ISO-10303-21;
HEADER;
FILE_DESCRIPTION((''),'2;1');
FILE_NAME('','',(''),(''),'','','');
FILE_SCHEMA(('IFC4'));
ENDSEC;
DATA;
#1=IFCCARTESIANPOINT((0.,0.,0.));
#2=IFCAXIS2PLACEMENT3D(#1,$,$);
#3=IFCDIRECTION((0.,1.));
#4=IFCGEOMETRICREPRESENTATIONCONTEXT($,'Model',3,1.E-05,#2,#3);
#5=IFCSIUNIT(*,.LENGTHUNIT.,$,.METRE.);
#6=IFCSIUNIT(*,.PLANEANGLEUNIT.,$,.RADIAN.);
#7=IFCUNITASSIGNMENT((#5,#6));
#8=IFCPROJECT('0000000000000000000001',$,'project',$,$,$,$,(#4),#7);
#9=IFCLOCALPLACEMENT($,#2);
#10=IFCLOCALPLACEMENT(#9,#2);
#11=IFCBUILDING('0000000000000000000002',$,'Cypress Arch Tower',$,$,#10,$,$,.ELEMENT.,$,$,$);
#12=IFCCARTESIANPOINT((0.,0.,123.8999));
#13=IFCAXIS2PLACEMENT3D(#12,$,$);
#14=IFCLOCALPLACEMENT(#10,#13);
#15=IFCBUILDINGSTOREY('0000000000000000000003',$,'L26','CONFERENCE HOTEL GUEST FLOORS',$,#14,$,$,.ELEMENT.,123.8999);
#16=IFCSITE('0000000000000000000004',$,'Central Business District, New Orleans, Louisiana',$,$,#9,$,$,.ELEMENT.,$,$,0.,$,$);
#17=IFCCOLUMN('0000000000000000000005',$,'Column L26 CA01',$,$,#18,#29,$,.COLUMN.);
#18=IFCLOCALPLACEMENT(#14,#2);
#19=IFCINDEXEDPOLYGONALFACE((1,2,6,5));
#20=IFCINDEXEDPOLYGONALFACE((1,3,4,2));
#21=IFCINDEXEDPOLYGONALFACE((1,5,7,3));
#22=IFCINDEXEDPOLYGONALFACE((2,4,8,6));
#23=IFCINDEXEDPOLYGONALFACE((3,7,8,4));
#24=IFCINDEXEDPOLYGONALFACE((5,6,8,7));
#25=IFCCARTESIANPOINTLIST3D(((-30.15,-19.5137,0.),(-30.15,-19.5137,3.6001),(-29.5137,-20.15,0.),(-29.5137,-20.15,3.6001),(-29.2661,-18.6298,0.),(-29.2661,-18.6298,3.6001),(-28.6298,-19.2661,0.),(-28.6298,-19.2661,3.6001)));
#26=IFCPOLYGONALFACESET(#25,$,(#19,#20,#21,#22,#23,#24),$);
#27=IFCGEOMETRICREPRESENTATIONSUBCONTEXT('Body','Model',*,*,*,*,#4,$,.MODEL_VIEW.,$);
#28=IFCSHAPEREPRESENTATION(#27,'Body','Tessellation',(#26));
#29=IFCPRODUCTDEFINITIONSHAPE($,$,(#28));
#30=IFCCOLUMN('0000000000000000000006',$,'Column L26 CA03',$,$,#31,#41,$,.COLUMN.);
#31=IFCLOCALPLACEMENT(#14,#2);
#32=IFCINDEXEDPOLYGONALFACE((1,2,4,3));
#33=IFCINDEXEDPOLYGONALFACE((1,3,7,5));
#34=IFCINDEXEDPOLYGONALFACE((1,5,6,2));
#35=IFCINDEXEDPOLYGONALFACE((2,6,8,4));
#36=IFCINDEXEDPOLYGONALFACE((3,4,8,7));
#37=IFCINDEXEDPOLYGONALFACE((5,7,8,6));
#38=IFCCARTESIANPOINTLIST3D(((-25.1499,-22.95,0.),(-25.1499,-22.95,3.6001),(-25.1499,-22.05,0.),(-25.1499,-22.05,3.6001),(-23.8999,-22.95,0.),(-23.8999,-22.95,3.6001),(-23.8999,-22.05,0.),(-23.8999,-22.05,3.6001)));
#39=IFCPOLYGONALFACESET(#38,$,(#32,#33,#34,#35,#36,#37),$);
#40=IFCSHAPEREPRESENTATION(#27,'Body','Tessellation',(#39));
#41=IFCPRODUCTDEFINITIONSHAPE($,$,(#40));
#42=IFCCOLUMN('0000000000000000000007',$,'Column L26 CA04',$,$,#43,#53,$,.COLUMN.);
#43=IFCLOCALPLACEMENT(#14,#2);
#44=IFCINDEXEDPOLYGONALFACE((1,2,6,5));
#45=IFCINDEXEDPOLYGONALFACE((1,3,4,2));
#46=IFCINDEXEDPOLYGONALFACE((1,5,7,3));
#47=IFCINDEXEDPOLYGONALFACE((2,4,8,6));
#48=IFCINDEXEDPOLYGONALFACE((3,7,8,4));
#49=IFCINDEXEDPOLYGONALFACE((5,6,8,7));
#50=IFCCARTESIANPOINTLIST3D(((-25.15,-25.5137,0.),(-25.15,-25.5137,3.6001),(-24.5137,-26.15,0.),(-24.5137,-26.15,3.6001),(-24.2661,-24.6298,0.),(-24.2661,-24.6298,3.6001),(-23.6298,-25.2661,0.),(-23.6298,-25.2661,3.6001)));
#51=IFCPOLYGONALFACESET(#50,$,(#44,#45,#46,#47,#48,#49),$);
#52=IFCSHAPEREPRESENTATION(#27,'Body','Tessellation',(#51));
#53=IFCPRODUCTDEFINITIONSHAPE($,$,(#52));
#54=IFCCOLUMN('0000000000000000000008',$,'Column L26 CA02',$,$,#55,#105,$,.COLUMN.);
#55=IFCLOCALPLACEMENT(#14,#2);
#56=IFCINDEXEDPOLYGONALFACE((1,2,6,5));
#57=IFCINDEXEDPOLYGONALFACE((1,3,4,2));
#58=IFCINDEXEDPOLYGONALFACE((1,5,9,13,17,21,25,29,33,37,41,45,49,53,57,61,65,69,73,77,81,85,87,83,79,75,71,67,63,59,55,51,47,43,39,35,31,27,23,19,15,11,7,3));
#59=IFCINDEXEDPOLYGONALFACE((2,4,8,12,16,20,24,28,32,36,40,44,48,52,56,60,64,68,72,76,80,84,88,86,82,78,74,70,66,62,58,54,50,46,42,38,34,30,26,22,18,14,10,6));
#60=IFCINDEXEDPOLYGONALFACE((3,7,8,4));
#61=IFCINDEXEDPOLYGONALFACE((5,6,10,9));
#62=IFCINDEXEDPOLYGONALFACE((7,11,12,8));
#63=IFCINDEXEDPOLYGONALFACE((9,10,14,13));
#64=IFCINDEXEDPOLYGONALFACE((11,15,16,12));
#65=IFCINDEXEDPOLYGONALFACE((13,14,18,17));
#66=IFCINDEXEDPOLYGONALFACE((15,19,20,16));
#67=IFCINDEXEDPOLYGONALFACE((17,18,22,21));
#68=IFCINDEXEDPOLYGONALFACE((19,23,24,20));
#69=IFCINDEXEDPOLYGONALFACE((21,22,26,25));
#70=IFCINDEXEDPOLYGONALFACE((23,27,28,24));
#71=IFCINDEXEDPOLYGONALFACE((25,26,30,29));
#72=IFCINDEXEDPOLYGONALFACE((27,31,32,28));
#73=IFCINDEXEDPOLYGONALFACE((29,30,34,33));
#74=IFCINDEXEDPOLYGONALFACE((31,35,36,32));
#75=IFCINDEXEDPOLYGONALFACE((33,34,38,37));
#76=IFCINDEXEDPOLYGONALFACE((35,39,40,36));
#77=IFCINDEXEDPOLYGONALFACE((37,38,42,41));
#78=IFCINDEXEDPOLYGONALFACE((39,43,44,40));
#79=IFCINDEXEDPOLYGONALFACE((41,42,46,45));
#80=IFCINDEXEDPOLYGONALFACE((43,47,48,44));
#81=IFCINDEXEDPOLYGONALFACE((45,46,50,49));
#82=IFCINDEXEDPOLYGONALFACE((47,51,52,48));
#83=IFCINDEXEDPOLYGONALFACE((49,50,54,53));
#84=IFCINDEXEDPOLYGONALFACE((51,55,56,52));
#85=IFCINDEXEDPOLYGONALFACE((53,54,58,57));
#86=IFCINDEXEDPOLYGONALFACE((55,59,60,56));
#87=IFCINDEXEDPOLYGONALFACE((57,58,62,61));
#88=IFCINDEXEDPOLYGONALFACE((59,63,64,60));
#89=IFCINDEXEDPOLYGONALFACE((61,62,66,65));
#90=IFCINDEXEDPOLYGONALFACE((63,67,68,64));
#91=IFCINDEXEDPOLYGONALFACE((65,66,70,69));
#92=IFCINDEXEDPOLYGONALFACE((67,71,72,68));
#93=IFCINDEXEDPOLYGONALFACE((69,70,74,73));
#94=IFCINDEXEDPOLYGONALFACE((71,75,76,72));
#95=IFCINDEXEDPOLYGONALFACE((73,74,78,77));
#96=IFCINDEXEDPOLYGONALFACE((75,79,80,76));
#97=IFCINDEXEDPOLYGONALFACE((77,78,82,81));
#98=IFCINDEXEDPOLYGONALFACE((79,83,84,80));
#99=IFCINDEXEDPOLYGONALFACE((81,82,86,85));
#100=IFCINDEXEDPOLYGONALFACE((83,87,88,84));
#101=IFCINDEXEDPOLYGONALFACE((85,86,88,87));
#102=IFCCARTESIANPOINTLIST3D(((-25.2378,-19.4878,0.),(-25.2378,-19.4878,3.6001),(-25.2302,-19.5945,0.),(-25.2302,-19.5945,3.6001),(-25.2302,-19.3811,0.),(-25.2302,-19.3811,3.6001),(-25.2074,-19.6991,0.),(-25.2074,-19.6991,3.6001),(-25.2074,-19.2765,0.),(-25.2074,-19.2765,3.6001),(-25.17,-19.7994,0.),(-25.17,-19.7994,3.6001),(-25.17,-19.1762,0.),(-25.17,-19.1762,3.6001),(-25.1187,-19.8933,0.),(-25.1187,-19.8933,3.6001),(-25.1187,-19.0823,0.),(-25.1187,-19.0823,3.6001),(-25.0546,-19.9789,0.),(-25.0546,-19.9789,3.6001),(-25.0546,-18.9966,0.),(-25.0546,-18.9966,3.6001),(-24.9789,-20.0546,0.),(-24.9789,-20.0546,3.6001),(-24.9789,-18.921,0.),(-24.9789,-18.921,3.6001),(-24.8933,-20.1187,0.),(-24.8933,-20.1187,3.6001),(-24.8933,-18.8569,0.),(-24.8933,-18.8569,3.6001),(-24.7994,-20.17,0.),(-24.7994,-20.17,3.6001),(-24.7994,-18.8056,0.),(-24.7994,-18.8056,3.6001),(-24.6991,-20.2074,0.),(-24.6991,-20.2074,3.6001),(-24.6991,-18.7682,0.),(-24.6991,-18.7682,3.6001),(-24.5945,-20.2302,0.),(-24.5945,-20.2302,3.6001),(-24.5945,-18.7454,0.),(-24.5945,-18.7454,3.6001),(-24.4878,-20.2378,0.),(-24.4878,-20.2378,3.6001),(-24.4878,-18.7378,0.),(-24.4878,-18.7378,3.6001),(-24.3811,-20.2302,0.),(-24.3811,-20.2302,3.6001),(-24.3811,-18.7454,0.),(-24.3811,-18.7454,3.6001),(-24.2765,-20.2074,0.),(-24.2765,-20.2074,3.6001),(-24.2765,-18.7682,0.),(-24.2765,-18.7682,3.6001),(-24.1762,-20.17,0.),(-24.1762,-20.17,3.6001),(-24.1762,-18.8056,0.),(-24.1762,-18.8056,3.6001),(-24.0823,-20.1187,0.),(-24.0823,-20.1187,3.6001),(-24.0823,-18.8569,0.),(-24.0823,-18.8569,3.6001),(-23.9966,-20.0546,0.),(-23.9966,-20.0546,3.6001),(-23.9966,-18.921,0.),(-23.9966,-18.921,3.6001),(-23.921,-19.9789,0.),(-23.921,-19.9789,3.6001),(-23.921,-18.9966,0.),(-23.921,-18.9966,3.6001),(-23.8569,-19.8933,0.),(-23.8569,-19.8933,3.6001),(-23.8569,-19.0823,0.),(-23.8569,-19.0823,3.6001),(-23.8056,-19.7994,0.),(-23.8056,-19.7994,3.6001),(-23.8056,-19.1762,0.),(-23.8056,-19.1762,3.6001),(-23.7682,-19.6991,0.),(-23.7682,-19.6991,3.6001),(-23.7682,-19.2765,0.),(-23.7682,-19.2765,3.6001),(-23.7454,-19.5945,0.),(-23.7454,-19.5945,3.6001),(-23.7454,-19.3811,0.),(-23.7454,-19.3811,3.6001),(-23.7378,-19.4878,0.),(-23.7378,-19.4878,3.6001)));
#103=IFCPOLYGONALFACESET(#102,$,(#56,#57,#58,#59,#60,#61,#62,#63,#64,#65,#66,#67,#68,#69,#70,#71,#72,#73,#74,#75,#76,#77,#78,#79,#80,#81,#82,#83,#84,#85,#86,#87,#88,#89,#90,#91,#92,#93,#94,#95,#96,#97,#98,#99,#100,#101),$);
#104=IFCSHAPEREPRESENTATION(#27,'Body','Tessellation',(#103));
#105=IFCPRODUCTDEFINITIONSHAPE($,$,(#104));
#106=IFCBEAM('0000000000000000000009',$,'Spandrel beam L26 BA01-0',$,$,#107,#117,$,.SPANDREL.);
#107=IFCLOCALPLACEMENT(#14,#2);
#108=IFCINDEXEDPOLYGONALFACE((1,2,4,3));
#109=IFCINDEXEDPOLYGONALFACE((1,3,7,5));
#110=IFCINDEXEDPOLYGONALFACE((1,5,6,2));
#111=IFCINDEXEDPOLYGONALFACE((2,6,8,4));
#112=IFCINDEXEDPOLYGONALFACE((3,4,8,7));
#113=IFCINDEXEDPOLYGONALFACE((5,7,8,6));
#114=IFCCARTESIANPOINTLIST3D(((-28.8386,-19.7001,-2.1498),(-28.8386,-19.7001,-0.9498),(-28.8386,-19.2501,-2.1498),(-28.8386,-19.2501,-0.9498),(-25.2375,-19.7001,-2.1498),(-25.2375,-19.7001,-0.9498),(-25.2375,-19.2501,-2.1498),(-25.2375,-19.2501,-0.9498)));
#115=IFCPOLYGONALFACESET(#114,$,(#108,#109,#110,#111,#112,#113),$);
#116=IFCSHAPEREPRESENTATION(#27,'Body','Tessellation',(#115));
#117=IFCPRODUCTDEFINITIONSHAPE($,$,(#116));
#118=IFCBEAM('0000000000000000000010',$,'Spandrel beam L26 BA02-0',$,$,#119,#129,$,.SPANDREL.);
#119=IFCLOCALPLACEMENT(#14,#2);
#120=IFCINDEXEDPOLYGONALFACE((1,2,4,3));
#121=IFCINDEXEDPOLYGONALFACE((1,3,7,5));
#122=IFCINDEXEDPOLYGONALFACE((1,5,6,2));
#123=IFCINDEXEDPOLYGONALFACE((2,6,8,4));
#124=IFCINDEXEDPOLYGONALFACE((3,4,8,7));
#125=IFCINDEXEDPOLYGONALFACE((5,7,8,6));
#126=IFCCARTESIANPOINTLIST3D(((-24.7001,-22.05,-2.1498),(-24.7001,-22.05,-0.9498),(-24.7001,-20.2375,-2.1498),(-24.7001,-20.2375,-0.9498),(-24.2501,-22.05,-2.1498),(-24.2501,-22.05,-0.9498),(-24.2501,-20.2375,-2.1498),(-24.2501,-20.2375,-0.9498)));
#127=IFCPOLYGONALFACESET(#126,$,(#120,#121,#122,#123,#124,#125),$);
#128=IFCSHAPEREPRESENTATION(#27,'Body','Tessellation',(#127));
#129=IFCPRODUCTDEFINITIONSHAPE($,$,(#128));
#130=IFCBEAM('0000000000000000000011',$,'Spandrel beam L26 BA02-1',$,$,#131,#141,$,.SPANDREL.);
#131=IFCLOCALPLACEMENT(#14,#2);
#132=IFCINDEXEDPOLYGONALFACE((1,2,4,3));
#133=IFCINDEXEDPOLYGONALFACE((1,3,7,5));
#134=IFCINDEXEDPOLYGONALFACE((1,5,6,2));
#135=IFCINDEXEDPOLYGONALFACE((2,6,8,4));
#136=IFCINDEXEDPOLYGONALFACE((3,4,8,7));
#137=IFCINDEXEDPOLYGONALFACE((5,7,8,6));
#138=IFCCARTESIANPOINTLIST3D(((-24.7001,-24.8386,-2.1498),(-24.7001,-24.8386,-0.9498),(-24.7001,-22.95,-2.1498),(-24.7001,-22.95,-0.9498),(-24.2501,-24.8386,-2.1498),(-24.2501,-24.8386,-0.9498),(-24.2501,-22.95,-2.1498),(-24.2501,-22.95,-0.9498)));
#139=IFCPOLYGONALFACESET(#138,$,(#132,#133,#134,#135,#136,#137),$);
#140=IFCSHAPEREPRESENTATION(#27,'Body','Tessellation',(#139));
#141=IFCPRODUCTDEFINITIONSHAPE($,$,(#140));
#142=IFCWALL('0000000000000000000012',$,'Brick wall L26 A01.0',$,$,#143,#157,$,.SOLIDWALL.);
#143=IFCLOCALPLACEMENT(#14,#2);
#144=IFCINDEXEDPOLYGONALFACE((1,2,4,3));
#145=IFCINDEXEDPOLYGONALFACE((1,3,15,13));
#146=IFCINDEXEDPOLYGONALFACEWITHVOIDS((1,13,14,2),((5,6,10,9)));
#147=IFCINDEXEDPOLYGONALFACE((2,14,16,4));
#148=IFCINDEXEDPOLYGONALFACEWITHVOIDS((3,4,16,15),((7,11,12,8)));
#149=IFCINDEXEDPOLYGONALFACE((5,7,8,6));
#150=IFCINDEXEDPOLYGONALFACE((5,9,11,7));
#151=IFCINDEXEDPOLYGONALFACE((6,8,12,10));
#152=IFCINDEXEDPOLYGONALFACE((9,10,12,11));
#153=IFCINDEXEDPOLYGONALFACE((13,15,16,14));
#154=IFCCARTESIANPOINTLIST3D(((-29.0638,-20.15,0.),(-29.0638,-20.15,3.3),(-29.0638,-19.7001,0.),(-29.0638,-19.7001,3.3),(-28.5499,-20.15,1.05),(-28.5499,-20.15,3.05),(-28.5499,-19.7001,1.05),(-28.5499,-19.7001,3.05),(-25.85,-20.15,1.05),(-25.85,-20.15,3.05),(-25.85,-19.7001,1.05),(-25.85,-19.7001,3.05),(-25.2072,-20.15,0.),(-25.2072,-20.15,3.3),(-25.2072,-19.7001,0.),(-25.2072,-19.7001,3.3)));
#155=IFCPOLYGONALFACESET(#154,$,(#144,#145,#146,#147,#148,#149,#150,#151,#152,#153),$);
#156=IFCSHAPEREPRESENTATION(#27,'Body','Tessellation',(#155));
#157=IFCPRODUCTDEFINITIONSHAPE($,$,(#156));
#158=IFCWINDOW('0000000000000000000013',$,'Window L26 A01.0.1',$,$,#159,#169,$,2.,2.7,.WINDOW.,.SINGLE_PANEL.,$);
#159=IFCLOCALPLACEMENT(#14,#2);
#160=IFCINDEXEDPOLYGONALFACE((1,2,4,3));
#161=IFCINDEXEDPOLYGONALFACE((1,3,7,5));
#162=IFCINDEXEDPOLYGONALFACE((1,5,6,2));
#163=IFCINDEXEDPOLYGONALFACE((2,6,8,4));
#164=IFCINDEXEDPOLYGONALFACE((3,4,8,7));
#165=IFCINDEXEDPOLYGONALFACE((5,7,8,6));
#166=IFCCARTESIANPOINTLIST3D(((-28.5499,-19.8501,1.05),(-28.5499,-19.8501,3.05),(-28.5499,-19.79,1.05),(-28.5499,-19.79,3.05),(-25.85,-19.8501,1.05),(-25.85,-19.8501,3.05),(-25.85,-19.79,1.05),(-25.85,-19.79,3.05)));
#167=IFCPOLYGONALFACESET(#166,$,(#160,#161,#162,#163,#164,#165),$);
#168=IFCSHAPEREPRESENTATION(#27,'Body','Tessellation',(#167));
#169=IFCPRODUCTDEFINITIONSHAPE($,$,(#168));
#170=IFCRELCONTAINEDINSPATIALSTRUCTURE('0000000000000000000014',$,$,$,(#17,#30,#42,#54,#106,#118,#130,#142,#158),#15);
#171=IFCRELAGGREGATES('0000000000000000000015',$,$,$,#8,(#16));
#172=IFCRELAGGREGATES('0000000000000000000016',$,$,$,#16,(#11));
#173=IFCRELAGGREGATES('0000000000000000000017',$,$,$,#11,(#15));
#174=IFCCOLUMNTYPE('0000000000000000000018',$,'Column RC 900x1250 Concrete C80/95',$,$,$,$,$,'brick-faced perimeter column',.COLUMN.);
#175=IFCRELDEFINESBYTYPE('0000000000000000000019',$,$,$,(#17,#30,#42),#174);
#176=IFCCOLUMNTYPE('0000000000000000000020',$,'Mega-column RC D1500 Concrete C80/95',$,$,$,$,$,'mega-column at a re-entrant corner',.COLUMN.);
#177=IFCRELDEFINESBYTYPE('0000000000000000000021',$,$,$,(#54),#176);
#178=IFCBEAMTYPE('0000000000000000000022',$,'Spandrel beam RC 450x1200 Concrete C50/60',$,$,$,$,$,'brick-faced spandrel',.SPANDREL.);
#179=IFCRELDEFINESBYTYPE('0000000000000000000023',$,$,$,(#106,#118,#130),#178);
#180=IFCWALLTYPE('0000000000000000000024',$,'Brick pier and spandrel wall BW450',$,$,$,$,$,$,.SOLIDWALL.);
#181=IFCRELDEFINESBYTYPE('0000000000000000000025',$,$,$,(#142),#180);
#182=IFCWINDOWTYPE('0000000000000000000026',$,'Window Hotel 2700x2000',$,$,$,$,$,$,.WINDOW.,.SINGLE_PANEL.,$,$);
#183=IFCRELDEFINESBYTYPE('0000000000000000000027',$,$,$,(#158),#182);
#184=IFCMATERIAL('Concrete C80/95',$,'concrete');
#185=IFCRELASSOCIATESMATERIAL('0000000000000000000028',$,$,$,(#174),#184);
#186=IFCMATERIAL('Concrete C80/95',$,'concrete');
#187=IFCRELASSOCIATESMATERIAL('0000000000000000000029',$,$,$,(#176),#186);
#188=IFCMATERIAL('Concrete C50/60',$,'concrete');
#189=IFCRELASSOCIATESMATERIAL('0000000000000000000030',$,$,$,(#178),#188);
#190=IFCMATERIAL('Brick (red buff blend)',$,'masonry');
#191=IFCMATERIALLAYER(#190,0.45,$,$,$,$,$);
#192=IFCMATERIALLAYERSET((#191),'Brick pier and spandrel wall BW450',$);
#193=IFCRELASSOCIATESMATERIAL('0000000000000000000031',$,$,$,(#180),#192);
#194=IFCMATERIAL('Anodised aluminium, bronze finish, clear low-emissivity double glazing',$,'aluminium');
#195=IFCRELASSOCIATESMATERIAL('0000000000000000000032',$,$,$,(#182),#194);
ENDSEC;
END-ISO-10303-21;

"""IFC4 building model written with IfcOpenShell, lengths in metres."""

from ifc_helpers import new_model, si_unit, direction, frame, frame_2d, origin, origin_2d, place, context, subcontext, project, spatial, rectangle, circle, extrude, material, layer, layer_set, material_profile, profile_set, type_object, element, fill, save


model = new_model("IFC4")

# Units and contexts
model_context = context("Model", 3, precision=1e-05, world=origin(), true_north=direction((0.0, 1.0)))
body_context = subcontext(model_context, "Body", "Model", "MODEL_VIEW")
ifc_project = project(units=[si_unit("LENGTHUNIT", "METRE"), si_unit("PLANEANGLEUNIT", "RADIAN")], contexts=[model_context])

# Site, building, storey
site_placement = place(None, origin())
site = spatial("IfcSite", under=ifc_project, at=site_placement, Name="Central Business District, New Orleans, Louisiana", CompositionType="ELEMENT", RefElevation=0.0)
building_placement = place(site_placement, origin())
building = spatial("IfcBuilding", under=site, at=building_placement, Name="Cypress Arch Tower", CompositionType="ELEMENT")
storey_placement = place(building_placement, frame((0.0, 0.0, 123.8999)))
storey = spatial("IfcBuildingStorey", under=building, at=storey_placement, Name="L26", Description="CONFERENCE HOTEL GUEST FLOORS", CompositionType="ELEMENT", Elevation=123.8999)

# Columns
ifc_material_1 = material(Name="Concrete C80/95", Category="concrete")
ifc_material_profile_1 = material_profile(ifc_material_1, rectangle(XDim=0.8999, YDim=1.25, at=origin_2d()), Name="RC 900x1250")
ifc_profile_set_1 = profile_set([ifc_material_profile_1], Name="Concrete C80/95")
column_type_1 = type_object("IfcColumnType", Name="Column RC 900x1250 Concrete C80/95", ElementType="brick-faced perimeter column", PredefinedType="COLUMN", material=ifc_profile_set_1)
for number, where, z_axis, x_axis, name in (
    (1, (-29.3899, -19.3899, 0.0), (0.0, 0.0, 1.0), (0.707107, -0.707107, 0.0), "Column L26 CA01"),
    (2, (-24.5249, -22.5, 0.0), (0.0, 0.0, 1.0), (0.0, -1.0, 0.0), "Column L26 CA03"),
    (3, (-24.3899, -25.3899, 0.0), (0.0, 0.0, 1.0), (0.707107, -0.707107, 0.0), "Column L26 CA04"),
):
    element("IfcColumn", number, at=place(storey_placement, frame(where, z_axis=z_axis, x_axis=x_axis)), inside=storey, type_object=column_type_1, Name=name, PredefinedType="COLUMN", context=body_context, shape_type="SweptSolid", body=[
        extrude(rectangle(XDim=0.8999, YDim=1.25, at=origin_2d()), origin(), (0.0, 0.0, 1.0), 3.6001),
    ])
ifc_material_2 = material(Name="Concrete C80/95", Category="concrete")
ifc_material_profile_2 = material_profile(ifc_material_2, circle(Radius=0.75, at=origin_2d()), Name="RC D1500")
ifc_profile_set_2 = profile_set([ifc_material_profile_2], Name="Concrete C80/95")
column_type_2 = type_object("IfcColumnType", Name="Mega-column RC D1500 Concrete C80/95", ElementType="mega-column at a re-entrant corner", PredefinedType="COLUMN", material=ifc_profile_set_2)
column_placement = place(storey_placement, frame((-24.4878, -19.4878, 0.0), z_axis=(0.0, 0.0, 1.0), x_axis=(1.0, 0.0, 0.0)))
element("IfcColumn", 4, at=column_placement, inside=storey, type_object=column_type_2, Name="Column L26 CA02", PredefinedType="COLUMN", context=body_context, shape_type="SweptSolid", body=[
    extrude(circle(Radius=0.75, at=origin_2d()), origin(), (0.0, 0.0, 1.0), 3.6001),
])

# Beams
ifc_material_3 = material(Name="Concrete C50/60", Category="concrete")
ifc_material_profile_3 = material_profile(ifc_material_3, rectangle(XDim=0.45, YDim=1.2, at=origin_2d()), Name="RC 450x1200")
ifc_profile_set_3 = profile_set([ifc_material_profile_3], Name="Concrete C50/60")
beam_type = type_object("IfcBeamType", Name="Spandrel beam RC 450x1200 Concrete C50/60", ElementType="brick-faced spandrel", PredefinedType="SPANDREL", material=ifc_profile_set_3)
beam_1_placement = place(storey_placement, frame((-28.8386, -19.4751, -1.5498), z_axis=(1.0, 0.0, 0.0), x_axis=(0.0, 1.0, 0.0)))
element("IfcBeam", 5, at=beam_1_placement, inside=storey, type_object=beam_type, Name="Spandrel beam L26 BA01-0", PredefinedType="SPANDREL", context=body_context, shape_type="SweptSolid", body=[
    extrude(rectangle(XDim=0.45, YDim=1.2, at=origin_2d()), origin(), (0.0, 0.0, 1.0), 3.6011),
])
beam_2_placement = place(storey_placement, frame((-24.4751, -20.2375, -1.5498), z_axis=(0.0, -1.0, 0.0), x_axis=(1.0, 0.0, 0.0)))
element("IfcBeam", 6, at=beam_2_placement, inside=storey, type_object=beam_type, Name="Spandrel beam L26 BA02-0", PredefinedType="SPANDREL", context=body_context, shape_type="SweptSolid", body=[
    extrude(rectangle(XDim=0.45, YDim=1.2, at=origin_2d()), origin(), (0.0, 0.0, 1.0), 1.8125),
])
beam_3_placement = place(storey_placement, frame((-24.4751, -22.95, -1.5498), z_axis=(0.0, -1.0, 0.0), x_axis=(1.0, 0.0, 0.0)))
element("IfcBeam", 7, at=beam_3_placement, inside=storey, type_object=beam_type, Name="Spandrel beam L26 BA02-1", PredefinedType="SPANDREL", context=body_context, shape_type="SweptSolid", body=[
    extrude(rectangle(XDim=0.45, YDim=1.2, at=origin_2d()), origin(), (0.0, 0.0, 1.0), 1.8887),
])

# Wall, opening, window
ifc_material_4 = material(Name="Brick (red buff blend)", Category="masonry")
ifc_layer_1 = layer(ifc_material_4, 0.45)
ifc_layer_set_1 = layer_set([ifc_layer_1], Name="Brick pier and spandrel wall BW450")
wall_type_1 = type_object("IfcWallType", Name="Brick pier and spandrel wall BW450", PredefinedType="SOLIDWALL", material=ifc_layer_set_1)
wall_1_placement = place(storey_placement, frame((-29.0637, -19.925, 0.0), z_axis=(0.0, 0.0, 1.0), x_axis=(1.0, 0.0, 0.0)))
wall_1 = element("IfcWall", 8, at=wall_1_placement, inside=storey, type_object=wall_type_1, Name="Brick wall L26 A01.0", PredefinedType="SOLIDWALL", context=body_context, shape_type="SweptSolid", body=[
    extrude(rectangle(XDim=3.8567, YDim=0.45, at=frame_2d((1.9282, 0.0))), origin(), (0.0, 0.0, 1.0), 3.3),
])
opening_1_placement = place(wall_1_placement, frame((0.5137, 0.0, 1.05)))
opening_1 = element("IfcOpeningElement", 9, at=opening_1_placement, cuts=wall_1, PredefinedType="OPENING", context=body_context, shape_type="SweptSolid", body=[
    extrude(rectangle(XDim=2.7, YDim=2.0, at=frame_2d((1.3501, 1.0))), frame((0.0, 0.2349, 0.0), z_axis=(0.0, -1.0, 0.0), x_axis=(1.0, 0.0, 0.0)), (0.0, 0.0, 1.0), 0.47),
])
ifc_material_5 = material(Name="Anodised aluminium, bronze finish, clear low-emissivity double glazing", Category="aluminium")
window_type_1 = type_object("IfcWindowType", Name="Window Hotel 2700x2000", PartitioningType="SINGLE_PANEL", PredefinedType="WINDOW", material=ifc_material_5)
window_1_placement = place(opening_1_placement, origin())
window_1 = element("IfcWindow", 10, at=window_1_placement, inside=storey, type_object=window_type_1, Name="Window L26 A01.0.1", OverallHeight=2.0, OverallWidth=2.7, PartitioningType="SINGLE_PANEL", PredefinedType="WINDOW", context=body_context, shape_type="SweptSolid", body=[
    extrude(rectangle(XDim=2.7, YDim=2.0, at=frame_2d((1.3501, 1.0))), frame((0.0, 0.135, 0.0), z_axis=(0.0, -1.0, 0.0), x_axis=(1.0, 0.0, 0.0)), (0.0, 0.0, 1.0), 0.0601),
])
fill(opening_1, window_1)

save(model, "model.ifc")
